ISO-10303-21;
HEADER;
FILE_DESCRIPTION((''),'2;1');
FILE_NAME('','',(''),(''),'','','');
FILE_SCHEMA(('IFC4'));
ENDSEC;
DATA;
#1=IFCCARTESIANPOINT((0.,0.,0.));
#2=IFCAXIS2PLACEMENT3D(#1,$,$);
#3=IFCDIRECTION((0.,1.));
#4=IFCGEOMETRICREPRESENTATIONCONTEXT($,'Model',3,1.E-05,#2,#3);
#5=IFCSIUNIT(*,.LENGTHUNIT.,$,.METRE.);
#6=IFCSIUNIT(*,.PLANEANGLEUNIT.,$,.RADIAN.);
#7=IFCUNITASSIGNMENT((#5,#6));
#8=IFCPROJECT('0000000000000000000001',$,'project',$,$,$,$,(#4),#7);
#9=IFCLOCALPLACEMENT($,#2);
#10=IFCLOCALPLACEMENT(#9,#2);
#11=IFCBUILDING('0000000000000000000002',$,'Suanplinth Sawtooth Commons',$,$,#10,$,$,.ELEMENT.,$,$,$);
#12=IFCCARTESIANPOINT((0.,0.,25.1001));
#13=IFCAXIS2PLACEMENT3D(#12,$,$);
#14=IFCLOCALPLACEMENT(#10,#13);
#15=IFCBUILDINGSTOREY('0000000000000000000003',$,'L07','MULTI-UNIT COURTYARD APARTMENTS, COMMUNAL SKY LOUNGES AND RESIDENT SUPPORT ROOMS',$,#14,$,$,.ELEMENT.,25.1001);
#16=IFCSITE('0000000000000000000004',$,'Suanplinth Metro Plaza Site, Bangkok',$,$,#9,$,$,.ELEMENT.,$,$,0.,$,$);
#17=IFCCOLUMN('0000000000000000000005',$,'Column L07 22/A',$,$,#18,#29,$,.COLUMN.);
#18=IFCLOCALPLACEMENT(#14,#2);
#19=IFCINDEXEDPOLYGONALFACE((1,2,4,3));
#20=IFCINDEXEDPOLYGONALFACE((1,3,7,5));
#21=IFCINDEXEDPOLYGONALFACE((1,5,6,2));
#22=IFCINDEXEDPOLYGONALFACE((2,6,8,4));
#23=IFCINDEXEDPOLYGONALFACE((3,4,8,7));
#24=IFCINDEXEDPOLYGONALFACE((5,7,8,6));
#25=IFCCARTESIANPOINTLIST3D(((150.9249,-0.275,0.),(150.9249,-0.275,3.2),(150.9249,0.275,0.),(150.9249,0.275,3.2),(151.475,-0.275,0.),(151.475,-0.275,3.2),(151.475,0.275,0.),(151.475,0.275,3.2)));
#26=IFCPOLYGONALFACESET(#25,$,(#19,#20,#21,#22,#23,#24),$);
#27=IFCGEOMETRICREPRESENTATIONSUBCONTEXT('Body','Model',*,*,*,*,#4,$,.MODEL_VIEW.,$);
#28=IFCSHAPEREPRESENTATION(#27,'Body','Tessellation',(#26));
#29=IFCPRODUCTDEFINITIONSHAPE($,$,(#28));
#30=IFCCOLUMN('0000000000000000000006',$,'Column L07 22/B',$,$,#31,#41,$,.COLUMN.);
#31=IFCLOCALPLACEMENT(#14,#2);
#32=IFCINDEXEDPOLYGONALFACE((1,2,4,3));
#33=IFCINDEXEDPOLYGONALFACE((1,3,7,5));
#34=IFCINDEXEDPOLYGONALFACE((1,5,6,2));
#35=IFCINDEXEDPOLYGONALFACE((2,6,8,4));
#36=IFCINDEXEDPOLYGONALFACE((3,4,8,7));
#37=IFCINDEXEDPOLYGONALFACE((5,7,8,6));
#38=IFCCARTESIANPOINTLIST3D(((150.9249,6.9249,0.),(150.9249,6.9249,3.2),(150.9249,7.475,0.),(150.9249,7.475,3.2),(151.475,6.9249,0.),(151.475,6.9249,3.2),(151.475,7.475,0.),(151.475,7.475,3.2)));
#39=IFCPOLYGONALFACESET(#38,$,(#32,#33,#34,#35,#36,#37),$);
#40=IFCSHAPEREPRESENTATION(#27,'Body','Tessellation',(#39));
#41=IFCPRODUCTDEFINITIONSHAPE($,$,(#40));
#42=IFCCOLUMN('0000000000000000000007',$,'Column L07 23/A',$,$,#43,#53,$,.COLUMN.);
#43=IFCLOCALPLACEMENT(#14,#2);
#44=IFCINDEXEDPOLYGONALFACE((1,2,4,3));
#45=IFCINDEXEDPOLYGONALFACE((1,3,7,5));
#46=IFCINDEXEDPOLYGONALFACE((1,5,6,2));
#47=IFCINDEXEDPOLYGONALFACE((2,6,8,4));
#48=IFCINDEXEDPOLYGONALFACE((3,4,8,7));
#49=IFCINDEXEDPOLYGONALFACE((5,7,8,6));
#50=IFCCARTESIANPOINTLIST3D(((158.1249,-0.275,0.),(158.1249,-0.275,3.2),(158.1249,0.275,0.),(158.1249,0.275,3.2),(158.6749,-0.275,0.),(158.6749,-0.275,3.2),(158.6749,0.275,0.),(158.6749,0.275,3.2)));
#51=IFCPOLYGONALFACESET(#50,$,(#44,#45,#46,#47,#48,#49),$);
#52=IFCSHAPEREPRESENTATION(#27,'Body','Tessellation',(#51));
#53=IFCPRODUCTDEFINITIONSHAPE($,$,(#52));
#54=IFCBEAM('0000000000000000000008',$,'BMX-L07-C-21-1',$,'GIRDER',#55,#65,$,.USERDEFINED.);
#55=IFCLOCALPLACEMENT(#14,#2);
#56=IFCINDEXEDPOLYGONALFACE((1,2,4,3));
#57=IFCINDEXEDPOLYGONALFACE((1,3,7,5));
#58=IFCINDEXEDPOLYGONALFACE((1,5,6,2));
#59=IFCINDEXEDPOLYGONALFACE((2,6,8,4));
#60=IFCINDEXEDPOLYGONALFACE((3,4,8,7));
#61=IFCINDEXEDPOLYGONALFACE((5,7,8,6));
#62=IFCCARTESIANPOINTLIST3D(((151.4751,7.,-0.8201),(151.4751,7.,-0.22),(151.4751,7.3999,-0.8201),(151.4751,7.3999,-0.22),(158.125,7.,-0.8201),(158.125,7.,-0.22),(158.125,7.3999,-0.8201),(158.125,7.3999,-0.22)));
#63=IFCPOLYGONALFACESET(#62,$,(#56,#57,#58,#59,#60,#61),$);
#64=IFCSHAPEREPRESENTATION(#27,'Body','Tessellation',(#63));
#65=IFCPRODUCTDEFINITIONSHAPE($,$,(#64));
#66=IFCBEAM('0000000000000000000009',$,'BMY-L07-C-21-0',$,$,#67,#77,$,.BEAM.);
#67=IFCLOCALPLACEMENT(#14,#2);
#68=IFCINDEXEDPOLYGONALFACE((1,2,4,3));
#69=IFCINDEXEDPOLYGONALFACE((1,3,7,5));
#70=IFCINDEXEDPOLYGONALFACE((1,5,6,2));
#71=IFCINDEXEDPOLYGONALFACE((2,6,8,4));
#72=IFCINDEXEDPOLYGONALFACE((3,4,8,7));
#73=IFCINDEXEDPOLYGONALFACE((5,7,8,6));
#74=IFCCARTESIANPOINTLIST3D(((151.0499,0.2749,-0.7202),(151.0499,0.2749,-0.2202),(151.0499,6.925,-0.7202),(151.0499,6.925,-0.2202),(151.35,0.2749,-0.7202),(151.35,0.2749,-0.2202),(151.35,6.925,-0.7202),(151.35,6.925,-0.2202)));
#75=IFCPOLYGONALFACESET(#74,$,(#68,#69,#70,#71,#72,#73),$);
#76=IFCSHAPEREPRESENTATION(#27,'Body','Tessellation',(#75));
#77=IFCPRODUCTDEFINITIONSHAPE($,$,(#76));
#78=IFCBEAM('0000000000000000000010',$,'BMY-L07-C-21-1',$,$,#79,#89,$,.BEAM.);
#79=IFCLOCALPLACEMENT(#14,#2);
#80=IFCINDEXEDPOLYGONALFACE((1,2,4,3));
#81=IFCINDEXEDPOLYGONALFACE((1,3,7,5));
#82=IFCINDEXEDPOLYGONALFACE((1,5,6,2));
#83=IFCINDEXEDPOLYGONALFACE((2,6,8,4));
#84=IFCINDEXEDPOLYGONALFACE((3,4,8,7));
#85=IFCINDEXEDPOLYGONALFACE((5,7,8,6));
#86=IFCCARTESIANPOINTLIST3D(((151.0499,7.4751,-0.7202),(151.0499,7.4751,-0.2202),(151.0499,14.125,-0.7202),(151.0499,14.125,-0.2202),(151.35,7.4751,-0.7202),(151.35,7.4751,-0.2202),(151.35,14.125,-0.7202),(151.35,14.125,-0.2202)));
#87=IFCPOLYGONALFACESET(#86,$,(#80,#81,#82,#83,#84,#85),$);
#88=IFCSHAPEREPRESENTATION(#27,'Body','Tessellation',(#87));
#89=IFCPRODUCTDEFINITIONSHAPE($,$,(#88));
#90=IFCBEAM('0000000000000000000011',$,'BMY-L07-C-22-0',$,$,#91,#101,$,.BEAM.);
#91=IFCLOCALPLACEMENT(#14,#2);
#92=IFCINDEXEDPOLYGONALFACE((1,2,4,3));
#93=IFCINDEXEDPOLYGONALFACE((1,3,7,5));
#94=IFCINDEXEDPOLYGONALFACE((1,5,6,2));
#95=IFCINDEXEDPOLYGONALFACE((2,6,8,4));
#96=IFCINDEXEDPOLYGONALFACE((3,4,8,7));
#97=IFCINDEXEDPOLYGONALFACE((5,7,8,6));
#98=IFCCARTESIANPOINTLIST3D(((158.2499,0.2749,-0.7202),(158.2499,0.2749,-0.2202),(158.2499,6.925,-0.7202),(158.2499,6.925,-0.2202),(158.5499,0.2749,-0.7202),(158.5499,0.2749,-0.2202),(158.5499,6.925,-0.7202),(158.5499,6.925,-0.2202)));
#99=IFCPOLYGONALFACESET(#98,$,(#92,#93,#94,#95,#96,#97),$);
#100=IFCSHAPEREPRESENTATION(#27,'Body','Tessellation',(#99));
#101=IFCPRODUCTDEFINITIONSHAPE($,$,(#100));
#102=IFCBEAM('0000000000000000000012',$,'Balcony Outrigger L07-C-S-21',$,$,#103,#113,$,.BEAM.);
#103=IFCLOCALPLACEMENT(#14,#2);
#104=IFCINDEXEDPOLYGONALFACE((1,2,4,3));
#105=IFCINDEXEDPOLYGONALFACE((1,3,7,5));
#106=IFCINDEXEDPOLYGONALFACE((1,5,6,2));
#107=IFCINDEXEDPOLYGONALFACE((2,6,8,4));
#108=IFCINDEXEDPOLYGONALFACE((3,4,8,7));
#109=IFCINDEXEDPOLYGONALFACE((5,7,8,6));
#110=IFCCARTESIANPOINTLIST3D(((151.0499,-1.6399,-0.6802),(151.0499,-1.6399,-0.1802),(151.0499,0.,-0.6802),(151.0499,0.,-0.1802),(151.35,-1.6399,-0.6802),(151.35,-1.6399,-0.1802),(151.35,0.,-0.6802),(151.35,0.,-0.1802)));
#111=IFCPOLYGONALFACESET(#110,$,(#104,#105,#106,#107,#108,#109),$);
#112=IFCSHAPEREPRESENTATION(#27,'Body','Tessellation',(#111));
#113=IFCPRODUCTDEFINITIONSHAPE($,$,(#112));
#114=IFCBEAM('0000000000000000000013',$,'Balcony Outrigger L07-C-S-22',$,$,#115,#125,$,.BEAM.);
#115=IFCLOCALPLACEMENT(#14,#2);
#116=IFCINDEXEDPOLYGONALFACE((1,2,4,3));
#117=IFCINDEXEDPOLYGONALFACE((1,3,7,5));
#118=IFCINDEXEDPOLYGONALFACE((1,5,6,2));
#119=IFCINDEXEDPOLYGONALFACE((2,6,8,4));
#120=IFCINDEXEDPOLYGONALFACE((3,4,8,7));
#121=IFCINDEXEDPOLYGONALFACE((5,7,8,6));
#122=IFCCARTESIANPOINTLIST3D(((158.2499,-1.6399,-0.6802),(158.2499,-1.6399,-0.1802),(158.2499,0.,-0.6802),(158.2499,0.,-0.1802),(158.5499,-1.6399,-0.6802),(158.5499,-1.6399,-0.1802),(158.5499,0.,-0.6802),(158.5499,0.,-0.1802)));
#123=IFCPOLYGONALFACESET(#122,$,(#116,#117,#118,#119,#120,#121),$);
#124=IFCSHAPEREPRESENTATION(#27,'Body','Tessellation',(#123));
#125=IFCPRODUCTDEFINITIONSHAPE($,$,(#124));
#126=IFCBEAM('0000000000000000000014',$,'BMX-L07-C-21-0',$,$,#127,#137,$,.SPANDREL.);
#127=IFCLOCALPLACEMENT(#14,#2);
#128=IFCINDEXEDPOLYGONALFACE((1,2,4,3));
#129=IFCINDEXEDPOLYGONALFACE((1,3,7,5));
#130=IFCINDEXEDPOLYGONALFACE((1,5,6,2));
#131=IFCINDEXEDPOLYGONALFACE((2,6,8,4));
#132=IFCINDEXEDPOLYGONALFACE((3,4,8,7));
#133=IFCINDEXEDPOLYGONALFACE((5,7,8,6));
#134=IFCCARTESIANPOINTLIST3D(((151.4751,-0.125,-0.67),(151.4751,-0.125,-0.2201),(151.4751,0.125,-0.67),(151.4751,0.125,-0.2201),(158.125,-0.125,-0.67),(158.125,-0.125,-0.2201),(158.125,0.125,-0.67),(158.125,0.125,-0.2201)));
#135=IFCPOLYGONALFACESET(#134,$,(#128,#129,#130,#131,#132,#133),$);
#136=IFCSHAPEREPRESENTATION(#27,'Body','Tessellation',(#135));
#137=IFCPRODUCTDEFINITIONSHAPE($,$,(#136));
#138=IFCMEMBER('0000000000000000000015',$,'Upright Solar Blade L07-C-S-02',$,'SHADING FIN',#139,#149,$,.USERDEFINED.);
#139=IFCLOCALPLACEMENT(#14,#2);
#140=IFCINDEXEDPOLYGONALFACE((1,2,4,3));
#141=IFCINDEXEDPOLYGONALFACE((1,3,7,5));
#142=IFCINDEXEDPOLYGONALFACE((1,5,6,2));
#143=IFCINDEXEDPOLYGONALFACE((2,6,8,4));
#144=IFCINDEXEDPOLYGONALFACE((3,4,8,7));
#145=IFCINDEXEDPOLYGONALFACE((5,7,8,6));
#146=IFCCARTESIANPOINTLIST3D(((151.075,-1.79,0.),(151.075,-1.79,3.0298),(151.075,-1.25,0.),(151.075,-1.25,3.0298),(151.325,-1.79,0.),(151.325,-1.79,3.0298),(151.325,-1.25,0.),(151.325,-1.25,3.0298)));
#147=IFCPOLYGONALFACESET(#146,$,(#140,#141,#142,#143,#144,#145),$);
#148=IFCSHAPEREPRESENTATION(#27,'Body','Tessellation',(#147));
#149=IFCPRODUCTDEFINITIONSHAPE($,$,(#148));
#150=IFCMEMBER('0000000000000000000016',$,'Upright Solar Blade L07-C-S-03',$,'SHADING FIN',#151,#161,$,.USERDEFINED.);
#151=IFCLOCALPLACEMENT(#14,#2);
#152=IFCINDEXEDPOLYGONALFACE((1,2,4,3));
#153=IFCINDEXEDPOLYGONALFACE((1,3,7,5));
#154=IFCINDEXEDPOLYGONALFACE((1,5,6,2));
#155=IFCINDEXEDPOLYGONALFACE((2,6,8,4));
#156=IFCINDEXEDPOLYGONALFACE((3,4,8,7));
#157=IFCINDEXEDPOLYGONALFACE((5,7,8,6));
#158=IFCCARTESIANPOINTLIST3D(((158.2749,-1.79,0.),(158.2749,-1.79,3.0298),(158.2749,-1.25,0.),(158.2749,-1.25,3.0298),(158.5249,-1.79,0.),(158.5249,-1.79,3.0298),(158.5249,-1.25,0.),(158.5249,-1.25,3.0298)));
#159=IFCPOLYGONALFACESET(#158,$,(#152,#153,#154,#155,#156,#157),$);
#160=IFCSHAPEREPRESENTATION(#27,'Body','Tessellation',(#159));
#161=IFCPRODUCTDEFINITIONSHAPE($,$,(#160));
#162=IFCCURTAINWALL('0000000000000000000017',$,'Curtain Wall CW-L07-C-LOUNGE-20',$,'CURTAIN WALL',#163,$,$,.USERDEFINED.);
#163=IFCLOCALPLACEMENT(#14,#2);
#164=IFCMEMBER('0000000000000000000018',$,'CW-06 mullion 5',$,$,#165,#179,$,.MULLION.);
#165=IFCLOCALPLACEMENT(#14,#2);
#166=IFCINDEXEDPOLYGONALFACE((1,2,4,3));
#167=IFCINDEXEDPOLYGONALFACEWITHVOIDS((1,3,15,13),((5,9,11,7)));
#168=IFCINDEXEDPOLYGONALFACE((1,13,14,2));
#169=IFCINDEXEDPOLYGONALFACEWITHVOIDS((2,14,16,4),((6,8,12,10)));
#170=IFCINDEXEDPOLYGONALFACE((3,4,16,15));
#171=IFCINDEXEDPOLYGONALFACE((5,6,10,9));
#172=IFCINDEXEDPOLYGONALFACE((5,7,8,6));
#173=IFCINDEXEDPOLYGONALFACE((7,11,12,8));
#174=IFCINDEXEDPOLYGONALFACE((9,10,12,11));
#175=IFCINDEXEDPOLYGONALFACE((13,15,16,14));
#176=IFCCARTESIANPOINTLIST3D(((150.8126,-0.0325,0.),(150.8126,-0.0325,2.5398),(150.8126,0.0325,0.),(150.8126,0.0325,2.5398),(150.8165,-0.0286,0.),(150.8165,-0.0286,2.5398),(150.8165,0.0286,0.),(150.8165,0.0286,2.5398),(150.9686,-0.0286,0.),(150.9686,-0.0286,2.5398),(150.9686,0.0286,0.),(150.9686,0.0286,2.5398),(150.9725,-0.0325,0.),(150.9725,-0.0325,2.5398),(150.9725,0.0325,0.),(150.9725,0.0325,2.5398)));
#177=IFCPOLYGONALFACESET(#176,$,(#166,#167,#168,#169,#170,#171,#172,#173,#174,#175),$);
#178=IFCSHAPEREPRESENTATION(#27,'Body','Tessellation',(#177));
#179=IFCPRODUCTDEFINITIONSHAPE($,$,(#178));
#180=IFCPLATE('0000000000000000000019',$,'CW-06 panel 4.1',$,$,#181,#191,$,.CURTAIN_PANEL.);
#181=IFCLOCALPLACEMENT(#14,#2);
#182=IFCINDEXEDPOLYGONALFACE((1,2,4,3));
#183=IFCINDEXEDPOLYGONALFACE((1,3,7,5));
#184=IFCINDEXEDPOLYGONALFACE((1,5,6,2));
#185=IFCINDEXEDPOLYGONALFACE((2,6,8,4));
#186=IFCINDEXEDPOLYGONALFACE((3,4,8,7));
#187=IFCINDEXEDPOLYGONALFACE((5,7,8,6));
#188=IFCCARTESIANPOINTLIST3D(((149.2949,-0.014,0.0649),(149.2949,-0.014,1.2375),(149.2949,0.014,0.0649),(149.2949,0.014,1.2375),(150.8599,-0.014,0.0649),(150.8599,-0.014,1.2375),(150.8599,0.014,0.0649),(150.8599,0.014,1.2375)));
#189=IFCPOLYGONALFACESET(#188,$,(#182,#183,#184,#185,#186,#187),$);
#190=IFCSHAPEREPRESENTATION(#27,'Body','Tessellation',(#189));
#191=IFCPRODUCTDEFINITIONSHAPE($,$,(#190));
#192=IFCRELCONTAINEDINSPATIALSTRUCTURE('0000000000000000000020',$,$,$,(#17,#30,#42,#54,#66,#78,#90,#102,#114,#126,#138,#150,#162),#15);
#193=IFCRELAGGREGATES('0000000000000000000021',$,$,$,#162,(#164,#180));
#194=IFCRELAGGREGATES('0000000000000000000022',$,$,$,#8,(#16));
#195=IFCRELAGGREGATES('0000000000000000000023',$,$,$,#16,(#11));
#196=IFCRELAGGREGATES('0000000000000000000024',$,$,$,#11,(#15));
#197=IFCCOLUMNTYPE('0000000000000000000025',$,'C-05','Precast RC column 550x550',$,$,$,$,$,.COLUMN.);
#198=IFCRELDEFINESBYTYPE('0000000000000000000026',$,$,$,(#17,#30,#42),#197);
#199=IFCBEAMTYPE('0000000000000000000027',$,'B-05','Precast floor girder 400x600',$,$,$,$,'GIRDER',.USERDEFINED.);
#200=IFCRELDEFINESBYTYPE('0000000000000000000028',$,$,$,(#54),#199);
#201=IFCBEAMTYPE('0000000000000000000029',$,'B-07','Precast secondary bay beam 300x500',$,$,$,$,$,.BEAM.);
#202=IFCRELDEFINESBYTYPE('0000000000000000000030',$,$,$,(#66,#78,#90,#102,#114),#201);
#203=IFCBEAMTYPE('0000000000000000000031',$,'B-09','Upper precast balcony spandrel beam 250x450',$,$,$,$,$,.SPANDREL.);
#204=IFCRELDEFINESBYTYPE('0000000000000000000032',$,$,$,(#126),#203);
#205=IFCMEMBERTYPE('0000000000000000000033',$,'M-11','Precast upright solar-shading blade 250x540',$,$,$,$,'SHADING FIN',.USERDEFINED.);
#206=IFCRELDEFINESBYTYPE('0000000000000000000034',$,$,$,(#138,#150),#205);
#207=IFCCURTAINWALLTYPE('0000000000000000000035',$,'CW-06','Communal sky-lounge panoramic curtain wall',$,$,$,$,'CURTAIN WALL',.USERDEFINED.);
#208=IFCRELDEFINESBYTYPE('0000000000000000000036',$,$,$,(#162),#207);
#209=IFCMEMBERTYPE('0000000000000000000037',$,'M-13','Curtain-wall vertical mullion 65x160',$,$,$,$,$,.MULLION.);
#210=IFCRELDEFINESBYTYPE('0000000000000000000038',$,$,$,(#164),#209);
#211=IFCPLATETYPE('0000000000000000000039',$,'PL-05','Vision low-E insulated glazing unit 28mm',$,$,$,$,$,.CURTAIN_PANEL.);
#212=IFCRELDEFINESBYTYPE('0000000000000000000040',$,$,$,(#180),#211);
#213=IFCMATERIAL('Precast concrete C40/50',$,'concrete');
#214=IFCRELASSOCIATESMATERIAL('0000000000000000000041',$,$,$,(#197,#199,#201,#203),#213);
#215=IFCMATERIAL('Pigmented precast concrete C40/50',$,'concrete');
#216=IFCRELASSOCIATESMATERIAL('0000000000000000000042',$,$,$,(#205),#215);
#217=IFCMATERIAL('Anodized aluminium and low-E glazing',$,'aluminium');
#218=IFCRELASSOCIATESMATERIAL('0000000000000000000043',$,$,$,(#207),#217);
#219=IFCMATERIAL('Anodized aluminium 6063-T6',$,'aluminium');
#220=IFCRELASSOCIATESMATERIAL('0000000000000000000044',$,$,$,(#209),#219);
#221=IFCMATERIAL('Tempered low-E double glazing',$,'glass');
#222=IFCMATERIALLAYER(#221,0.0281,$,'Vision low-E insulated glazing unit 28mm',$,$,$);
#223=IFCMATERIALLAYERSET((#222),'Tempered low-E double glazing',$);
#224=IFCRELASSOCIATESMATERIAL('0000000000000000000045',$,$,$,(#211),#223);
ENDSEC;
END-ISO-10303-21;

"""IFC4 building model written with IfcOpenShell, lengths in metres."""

from ifc_helpers import new_model, si_unit, direction, frame, origin, origin_2d, place, context, subcontext, project, spatial, rectangle, hollow_rectangle, extrude, material, layer, layer_set, material_profile, profile_set, type_object, element, aggregate, save


model = new_model("IFC4")

# Units and contexts
model_context = context("Model", 3, precision=1e-05, world=origin(), true_north=direction((0.0, 1.0)))
body_context = subcontext(model_context, "Body", "Model", "MODEL_VIEW")
ifc_project = project(units=[si_unit("LENGTHUNIT", "METRE"), si_unit("PLANEANGLEUNIT", "RADIAN")], contexts=[model_context])

# Site, building, storey
site_placement = place(None, origin())
site = spatial("IfcSite", under=ifc_project, at=site_placement, Name="Suanplinth Metro Plaza Site, Bangkok", CompositionType="ELEMENT", RefElevation=0.0)
building_placement = place(site_placement, origin())
building = spatial("IfcBuilding", under=site, at=building_placement, Name="Suanplinth Sawtooth Commons", CompositionType="ELEMENT")
storey_placement = place(building_placement, frame((0.0, 0.0, 25.1001)))
storey = spatial("IfcBuildingStorey", under=building, at=storey_placement, Name="L07", Description="MULTI-UNIT COURTYARD APARTMENTS, COMMUNAL SKY LOUNGES AND RESIDENT SUPPORT ROOMS", CompositionType="ELEMENT", Elevation=25.1001)

# Columns
ifc_material_1 = material(Name="Precast concrete C40/50", Category="concrete")
ifc_material_profile_1 = material_profile(ifc_material_1, rectangle(XDim=0.55, YDim=0.55, at=origin_2d()), Name="PC-COL 550x550")
ifc_profile_set_1 = profile_set([ifc_material_profile_1], Name="Precast concrete C40/50")
column_type = type_object("IfcColumnType", Name="C-05", Description="Precast RC column 550x550", PredefinedType="COLUMN", material=ifc_profile_set_1)
for number, where, z_axis, x_axis, name in (
    (1, (151.2, 0.0, 0.0), (0.0, 0.0, 1.0), (1.0, 0.0, 0.0), "Column L07 22/A"),
    (2, (151.2, 7.2, 0.0), (0.0, 0.0, 1.0), (1.0, 0.0, 0.0), "Column L07 22/B"),
    (3, (158.3999, 0.0, 0.0), (0.0, 0.0, 1.0), (1.0, 0.0, 0.0), "Column L07 23/A"),
):
    element("IfcColumn", number, at=place(storey_placement, frame(where, z_axis=z_axis, x_axis=x_axis)), inside=storey, type_object=column_type, Name=name, PredefinedType="COLUMN", context=body_context, shape_type="SweptSolid", body=[
        extrude(rectangle(XDim=0.55, YDim=0.55, at=origin_2d()), origin(), (0.0, 0.0, 1.0), 3.2),
    ])

# Beams
ifc_material_profile_2 = material_profile(ifc_material_1, rectangle(XDim=0.3999, YDim=0.6001, at=origin_2d()), Name="PC-GDR 400x600")
ifc_profile_set_2 = profile_set([ifc_material_profile_2], Name="Precast concrete C40/50")
beam_type_1 = type_object("IfcBeamType", Name="B-05", Description="Precast floor girder 400x600", ElementType="GIRDER", PredefinedType="USERDEFINED", material=ifc_profile_set_2)
beam_1_placement = place(storey_placement, frame((151.4751, 7.2, -0.52), z_axis=(1.0, 0.0, 0.0), x_axis=(0.0, 1.0, 0.0)))
element("IfcBeam", 4, at=beam_1_placement, inside=storey, type_object=beam_type_1, Name="BMX-L07-C-21-1", ObjectType="GIRDER", PredefinedType="USERDEFINED", context=body_context, shape_type="SweptSolid", body=[
    extrude(rectangle(XDim=0.3999, YDim=0.6001, at=origin_2d()), origin(), (0.0, 0.0, 1.0), 6.6499),
])
ifc_material_profile_3 = material_profile(ifc_material_1, rectangle(XDim=0.3, YDim=0.5, at=origin_2d()), Name="PC-BM 300x500")
ifc_profile_set_3 = profile_set([ifc_material_profile_3], Name="Precast concrete C40/50")
beam_type_2 = type_object("IfcBeamType", Name="B-07", Description="Precast secondary bay beam 300x500", PredefinedType="BEAM", material=ifc_profile_set_3)
beam_2_placement = place(storey_placement, frame((151.2, 0.2749, -0.4702), z_axis=(0.0, 1.0, 0.0), x_axis=(-1.0, 0.0, 0.0)))
element("IfcBeam", 5, at=beam_2_placement, inside=storey, type_object=beam_type_2, Name="BMY-L07-C-21-0", PredefinedType="BEAM", context=body_context, shape_type="SweptSolid", body=[
    extrude(rectangle(XDim=0.3, YDim=0.5, at=origin_2d()), origin(), (0.0, 0.0, 1.0), 6.6501),
])
beam_3_placement = place(storey_placement, frame((151.2, 7.4751, -0.4702), z_axis=(0.0, 1.0, 0.0), x_axis=(-1.0, 0.0, 0.0)))
element("IfcBeam", 6, at=beam_3_placement, inside=storey, type_object=beam_type_2, Name="BMY-L07-C-21-1", PredefinedType="BEAM", context=body_context, shape_type="SweptSolid", body=[
    extrude(rectangle(XDim=0.3, YDim=0.5, at=origin_2d()), origin(), (0.0, 0.0, 1.0), 6.6499),
])
beam_4_placement = place(storey_placement, frame((158.3999, 0.2749, -0.4702), z_axis=(0.0, 1.0, 0.0), x_axis=(-1.0, 0.0, 0.0)))
element("IfcBeam", 7, at=beam_4_placement, inside=storey, type_object=beam_type_2, Name="BMY-L07-C-22-0", PredefinedType="BEAM", context=body_context, shape_type="SweptSolid", body=[
    extrude(rectangle(XDim=0.3, YDim=0.5, at=origin_2d()), origin(), (0.0, 0.0, 1.0), 6.6501),
])
for number, where, z_axis, x_axis, name in (
    (8, (151.2, 0.0, -0.4302), (0.0, -1.0, 0.0), (1.0, 0.0, 0.0), "Balcony Outrigger L07-C-S-21"),
    (9, (158.3999, 0.0, -0.4302), (0.0, -1.0, 0.0), (1.0, 0.0, 0.0), "Balcony Outrigger L07-C-S-22"),
):
    element("IfcBeam", number, at=place(storey_placement, frame(where, z_axis=z_axis, x_axis=x_axis)), inside=storey, type_object=beam_type_2, Name=name, PredefinedType="BEAM", context=body_context, shape_type="SweptSolid", body=[
        extrude(rectangle(XDim=0.3, YDim=0.5, at=origin_2d()), origin(), (0.0, 0.0, 1.0), 1.6399),
    ])
ifc_material_profile_4 = material_profile(ifc_material_1, rectangle(XDim=0.25, YDim=0.45, at=origin_2d()), Name="PC-SP 250x450")
ifc_profile_set_4 = profile_set([ifc_material_profile_4], Name="Precast concrete C40/50")
beam_type_3 = type_object("IfcBeamType", Name="B-09", Description="Upper precast balcony spandrel beam 250x450", PredefinedType="SPANDREL", material=ifc_profile_set_4)
beam_5_placement = place(storey_placement, frame((151.4751, 0.0, -0.4451), z_axis=(1.0, 0.0, 0.0), x_axis=(0.0, 1.0, 0.0)))
element("IfcBeam", 10, at=beam_5_placement, inside=storey, type_object=beam_type_3, Name="BMX-L07-C-21-0", PredefinedType="SPANDREL", context=body_context, shape_type="SweptSolid", body=[
    extrude(rectangle(XDim=0.25, YDim=0.45, at=origin_2d()), origin(), (0.0, 0.0, 1.0), 6.6499),
])

# Members
ifc_material_2 = material(Name="Pigmented precast concrete C40/50", Category="concrete")
ifc_material_profile_5 = material_profile(ifc_material_2, rectangle(XDim=0.25, YDim=0.54, at=origin_2d()), Name="PC-FIN 250x540")
ifc_profile_set_5 = profile_set([ifc_material_profile_5], Name="Pigmented precast concrete C40/50")
member_type_1 = type_object("IfcMemberType", Name="M-11", Description="Precast upright solar-shading blade 250x540", ElementType="SHADING FIN", PredefinedType="USERDEFINED", material=ifc_profile_set_5)
for number, where, z_axis, x_axis, name in (
    (11, (151.2, -1.52, 0.0), (0.0, 0.0, 1.0), (1.0, 0.0, 0.0), "Upright Solar Blade L07-C-S-02"),
    (12, (158.3999, -1.52, 0.0), (0.0, 0.0, 1.0), (1.0, 0.0, 0.0), "Upright Solar Blade L07-C-S-03"),
):
    element("IfcMember", number, at=place(storey_placement, frame(where, z_axis=z_axis, x_axis=x_axis)), inside=storey, type_object=member_type_1, Name=name, ObjectType="SHADING FIN", PredefinedType="USERDEFINED", context=body_context, shape_type="SweptSolid", body=[
        extrude(rectangle(XDim=0.25, YDim=0.54, at=origin_2d()), origin(), (0.0, 0.0, 1.0), 3.0298),
    ])

# Curtain wall, member, plate
ifc_material_3 = material(Name="Anodized aluminium and low-E glazing", Category="aluminium")
curtain_wall_type = type_object("IfcCurtainWallType", Name="CW-06", Description="Communal sky-lounge panoramic curtain wall", ElementType="CURTAIN WALL", PredefinedType="USERDEFINED", material=ifc_material_3)
curtain_wall_placement = place(storey_placement, origin())
curtain_wall = element("IfcCurtainWall", 13, at=curtain_wall_placement, inside=storey, type_object=curtain_wall_type, Name="Curtain Wall CW-L07-C-LOUNGE-20", ObjectType="CURTAIN WALL", PredefinedType="USERDEFINED")
ifc_material_4 = material(Name="Anodized aluminium 6063-T6", Category="aluminium")
ifc_material_profile_6 = material_profile(ifc_material_4, hollow_rectangle(XDim=0.0649, YDim=0.1599, WallThickness=0.0039, at=origin_2d()), Name="ALU-MUL 65x160")
ifc_profile_set_6 = profile_set([ifc_material_profile_6], Name="Anodized aluminium 6063-T6")
member_type_2 = type_object("IfcMemberType", Name="M-13", Description="Curtain-wall vertical mullion 65x160", PredefinedType="MULLION", material=ifc_profile_set_6)
member_placement = place(storey_placement, frame((150.8926, 0.0, 0.0), z_axis=(0.0, 0.0, 1.0), x_axis=(0.0, 1.0, 0.0)))
member = element("IfcMember", 14, at=member_placement, type_object=member_type_2, Name="CW-06 mullion 5", PredefinedType="MULLION", context=body_context, shape_type="SweptSolid", body=[
    extrude(hollow_rectangle(XDim=0.0649, YDim=0.1599, WallThickness=0.0039, at=origin_2d()), origin(), (0.0, 0.0, 1.0), 2.5398),
])
ifc_material_5 = material(Name="Tempered low-E double glazing", Category="glass")
ifc_layer_1 = layer(ifc_material_5, 0.0281, Name="Vision low-E insulated glazing unit 28mm")
ifc_layer_set_1 = layer_set([ifc_layer_1], Name="Tempered low-E double glazing")
plate_type = type_object("IfcPlateType", Name="PL-05", Description="Vision low-E insulated glazing unit 28mm", PredefinedType="CURTAIN_PANEL", material=ifc_layer_set_1)
plate_1_placement = place(storey_placement, frame((150.0774, 0.0, 0.0649), z_axis=(0.0, 0.0, 1.0), x_axis=(1.0, 0.0, 0.0)))
plate_1 = element("IfcPlate", 15, at=plate_1_placement, type_object=plate_type, Name="CW-06 panel 4.1", PredefinedType="CURTAIN_PANEL", context=body_context, shape_type="SweptSolid", body=[
    extrude(rectangle(XDim=1.5649, YDim=0.0281, at=origin_2d()), origin(), (0.0, 0.0, 1.0), 1.1726),
])
aggregate(curtain_wall, [member, plate_1])

save(model, "model.ifc")
